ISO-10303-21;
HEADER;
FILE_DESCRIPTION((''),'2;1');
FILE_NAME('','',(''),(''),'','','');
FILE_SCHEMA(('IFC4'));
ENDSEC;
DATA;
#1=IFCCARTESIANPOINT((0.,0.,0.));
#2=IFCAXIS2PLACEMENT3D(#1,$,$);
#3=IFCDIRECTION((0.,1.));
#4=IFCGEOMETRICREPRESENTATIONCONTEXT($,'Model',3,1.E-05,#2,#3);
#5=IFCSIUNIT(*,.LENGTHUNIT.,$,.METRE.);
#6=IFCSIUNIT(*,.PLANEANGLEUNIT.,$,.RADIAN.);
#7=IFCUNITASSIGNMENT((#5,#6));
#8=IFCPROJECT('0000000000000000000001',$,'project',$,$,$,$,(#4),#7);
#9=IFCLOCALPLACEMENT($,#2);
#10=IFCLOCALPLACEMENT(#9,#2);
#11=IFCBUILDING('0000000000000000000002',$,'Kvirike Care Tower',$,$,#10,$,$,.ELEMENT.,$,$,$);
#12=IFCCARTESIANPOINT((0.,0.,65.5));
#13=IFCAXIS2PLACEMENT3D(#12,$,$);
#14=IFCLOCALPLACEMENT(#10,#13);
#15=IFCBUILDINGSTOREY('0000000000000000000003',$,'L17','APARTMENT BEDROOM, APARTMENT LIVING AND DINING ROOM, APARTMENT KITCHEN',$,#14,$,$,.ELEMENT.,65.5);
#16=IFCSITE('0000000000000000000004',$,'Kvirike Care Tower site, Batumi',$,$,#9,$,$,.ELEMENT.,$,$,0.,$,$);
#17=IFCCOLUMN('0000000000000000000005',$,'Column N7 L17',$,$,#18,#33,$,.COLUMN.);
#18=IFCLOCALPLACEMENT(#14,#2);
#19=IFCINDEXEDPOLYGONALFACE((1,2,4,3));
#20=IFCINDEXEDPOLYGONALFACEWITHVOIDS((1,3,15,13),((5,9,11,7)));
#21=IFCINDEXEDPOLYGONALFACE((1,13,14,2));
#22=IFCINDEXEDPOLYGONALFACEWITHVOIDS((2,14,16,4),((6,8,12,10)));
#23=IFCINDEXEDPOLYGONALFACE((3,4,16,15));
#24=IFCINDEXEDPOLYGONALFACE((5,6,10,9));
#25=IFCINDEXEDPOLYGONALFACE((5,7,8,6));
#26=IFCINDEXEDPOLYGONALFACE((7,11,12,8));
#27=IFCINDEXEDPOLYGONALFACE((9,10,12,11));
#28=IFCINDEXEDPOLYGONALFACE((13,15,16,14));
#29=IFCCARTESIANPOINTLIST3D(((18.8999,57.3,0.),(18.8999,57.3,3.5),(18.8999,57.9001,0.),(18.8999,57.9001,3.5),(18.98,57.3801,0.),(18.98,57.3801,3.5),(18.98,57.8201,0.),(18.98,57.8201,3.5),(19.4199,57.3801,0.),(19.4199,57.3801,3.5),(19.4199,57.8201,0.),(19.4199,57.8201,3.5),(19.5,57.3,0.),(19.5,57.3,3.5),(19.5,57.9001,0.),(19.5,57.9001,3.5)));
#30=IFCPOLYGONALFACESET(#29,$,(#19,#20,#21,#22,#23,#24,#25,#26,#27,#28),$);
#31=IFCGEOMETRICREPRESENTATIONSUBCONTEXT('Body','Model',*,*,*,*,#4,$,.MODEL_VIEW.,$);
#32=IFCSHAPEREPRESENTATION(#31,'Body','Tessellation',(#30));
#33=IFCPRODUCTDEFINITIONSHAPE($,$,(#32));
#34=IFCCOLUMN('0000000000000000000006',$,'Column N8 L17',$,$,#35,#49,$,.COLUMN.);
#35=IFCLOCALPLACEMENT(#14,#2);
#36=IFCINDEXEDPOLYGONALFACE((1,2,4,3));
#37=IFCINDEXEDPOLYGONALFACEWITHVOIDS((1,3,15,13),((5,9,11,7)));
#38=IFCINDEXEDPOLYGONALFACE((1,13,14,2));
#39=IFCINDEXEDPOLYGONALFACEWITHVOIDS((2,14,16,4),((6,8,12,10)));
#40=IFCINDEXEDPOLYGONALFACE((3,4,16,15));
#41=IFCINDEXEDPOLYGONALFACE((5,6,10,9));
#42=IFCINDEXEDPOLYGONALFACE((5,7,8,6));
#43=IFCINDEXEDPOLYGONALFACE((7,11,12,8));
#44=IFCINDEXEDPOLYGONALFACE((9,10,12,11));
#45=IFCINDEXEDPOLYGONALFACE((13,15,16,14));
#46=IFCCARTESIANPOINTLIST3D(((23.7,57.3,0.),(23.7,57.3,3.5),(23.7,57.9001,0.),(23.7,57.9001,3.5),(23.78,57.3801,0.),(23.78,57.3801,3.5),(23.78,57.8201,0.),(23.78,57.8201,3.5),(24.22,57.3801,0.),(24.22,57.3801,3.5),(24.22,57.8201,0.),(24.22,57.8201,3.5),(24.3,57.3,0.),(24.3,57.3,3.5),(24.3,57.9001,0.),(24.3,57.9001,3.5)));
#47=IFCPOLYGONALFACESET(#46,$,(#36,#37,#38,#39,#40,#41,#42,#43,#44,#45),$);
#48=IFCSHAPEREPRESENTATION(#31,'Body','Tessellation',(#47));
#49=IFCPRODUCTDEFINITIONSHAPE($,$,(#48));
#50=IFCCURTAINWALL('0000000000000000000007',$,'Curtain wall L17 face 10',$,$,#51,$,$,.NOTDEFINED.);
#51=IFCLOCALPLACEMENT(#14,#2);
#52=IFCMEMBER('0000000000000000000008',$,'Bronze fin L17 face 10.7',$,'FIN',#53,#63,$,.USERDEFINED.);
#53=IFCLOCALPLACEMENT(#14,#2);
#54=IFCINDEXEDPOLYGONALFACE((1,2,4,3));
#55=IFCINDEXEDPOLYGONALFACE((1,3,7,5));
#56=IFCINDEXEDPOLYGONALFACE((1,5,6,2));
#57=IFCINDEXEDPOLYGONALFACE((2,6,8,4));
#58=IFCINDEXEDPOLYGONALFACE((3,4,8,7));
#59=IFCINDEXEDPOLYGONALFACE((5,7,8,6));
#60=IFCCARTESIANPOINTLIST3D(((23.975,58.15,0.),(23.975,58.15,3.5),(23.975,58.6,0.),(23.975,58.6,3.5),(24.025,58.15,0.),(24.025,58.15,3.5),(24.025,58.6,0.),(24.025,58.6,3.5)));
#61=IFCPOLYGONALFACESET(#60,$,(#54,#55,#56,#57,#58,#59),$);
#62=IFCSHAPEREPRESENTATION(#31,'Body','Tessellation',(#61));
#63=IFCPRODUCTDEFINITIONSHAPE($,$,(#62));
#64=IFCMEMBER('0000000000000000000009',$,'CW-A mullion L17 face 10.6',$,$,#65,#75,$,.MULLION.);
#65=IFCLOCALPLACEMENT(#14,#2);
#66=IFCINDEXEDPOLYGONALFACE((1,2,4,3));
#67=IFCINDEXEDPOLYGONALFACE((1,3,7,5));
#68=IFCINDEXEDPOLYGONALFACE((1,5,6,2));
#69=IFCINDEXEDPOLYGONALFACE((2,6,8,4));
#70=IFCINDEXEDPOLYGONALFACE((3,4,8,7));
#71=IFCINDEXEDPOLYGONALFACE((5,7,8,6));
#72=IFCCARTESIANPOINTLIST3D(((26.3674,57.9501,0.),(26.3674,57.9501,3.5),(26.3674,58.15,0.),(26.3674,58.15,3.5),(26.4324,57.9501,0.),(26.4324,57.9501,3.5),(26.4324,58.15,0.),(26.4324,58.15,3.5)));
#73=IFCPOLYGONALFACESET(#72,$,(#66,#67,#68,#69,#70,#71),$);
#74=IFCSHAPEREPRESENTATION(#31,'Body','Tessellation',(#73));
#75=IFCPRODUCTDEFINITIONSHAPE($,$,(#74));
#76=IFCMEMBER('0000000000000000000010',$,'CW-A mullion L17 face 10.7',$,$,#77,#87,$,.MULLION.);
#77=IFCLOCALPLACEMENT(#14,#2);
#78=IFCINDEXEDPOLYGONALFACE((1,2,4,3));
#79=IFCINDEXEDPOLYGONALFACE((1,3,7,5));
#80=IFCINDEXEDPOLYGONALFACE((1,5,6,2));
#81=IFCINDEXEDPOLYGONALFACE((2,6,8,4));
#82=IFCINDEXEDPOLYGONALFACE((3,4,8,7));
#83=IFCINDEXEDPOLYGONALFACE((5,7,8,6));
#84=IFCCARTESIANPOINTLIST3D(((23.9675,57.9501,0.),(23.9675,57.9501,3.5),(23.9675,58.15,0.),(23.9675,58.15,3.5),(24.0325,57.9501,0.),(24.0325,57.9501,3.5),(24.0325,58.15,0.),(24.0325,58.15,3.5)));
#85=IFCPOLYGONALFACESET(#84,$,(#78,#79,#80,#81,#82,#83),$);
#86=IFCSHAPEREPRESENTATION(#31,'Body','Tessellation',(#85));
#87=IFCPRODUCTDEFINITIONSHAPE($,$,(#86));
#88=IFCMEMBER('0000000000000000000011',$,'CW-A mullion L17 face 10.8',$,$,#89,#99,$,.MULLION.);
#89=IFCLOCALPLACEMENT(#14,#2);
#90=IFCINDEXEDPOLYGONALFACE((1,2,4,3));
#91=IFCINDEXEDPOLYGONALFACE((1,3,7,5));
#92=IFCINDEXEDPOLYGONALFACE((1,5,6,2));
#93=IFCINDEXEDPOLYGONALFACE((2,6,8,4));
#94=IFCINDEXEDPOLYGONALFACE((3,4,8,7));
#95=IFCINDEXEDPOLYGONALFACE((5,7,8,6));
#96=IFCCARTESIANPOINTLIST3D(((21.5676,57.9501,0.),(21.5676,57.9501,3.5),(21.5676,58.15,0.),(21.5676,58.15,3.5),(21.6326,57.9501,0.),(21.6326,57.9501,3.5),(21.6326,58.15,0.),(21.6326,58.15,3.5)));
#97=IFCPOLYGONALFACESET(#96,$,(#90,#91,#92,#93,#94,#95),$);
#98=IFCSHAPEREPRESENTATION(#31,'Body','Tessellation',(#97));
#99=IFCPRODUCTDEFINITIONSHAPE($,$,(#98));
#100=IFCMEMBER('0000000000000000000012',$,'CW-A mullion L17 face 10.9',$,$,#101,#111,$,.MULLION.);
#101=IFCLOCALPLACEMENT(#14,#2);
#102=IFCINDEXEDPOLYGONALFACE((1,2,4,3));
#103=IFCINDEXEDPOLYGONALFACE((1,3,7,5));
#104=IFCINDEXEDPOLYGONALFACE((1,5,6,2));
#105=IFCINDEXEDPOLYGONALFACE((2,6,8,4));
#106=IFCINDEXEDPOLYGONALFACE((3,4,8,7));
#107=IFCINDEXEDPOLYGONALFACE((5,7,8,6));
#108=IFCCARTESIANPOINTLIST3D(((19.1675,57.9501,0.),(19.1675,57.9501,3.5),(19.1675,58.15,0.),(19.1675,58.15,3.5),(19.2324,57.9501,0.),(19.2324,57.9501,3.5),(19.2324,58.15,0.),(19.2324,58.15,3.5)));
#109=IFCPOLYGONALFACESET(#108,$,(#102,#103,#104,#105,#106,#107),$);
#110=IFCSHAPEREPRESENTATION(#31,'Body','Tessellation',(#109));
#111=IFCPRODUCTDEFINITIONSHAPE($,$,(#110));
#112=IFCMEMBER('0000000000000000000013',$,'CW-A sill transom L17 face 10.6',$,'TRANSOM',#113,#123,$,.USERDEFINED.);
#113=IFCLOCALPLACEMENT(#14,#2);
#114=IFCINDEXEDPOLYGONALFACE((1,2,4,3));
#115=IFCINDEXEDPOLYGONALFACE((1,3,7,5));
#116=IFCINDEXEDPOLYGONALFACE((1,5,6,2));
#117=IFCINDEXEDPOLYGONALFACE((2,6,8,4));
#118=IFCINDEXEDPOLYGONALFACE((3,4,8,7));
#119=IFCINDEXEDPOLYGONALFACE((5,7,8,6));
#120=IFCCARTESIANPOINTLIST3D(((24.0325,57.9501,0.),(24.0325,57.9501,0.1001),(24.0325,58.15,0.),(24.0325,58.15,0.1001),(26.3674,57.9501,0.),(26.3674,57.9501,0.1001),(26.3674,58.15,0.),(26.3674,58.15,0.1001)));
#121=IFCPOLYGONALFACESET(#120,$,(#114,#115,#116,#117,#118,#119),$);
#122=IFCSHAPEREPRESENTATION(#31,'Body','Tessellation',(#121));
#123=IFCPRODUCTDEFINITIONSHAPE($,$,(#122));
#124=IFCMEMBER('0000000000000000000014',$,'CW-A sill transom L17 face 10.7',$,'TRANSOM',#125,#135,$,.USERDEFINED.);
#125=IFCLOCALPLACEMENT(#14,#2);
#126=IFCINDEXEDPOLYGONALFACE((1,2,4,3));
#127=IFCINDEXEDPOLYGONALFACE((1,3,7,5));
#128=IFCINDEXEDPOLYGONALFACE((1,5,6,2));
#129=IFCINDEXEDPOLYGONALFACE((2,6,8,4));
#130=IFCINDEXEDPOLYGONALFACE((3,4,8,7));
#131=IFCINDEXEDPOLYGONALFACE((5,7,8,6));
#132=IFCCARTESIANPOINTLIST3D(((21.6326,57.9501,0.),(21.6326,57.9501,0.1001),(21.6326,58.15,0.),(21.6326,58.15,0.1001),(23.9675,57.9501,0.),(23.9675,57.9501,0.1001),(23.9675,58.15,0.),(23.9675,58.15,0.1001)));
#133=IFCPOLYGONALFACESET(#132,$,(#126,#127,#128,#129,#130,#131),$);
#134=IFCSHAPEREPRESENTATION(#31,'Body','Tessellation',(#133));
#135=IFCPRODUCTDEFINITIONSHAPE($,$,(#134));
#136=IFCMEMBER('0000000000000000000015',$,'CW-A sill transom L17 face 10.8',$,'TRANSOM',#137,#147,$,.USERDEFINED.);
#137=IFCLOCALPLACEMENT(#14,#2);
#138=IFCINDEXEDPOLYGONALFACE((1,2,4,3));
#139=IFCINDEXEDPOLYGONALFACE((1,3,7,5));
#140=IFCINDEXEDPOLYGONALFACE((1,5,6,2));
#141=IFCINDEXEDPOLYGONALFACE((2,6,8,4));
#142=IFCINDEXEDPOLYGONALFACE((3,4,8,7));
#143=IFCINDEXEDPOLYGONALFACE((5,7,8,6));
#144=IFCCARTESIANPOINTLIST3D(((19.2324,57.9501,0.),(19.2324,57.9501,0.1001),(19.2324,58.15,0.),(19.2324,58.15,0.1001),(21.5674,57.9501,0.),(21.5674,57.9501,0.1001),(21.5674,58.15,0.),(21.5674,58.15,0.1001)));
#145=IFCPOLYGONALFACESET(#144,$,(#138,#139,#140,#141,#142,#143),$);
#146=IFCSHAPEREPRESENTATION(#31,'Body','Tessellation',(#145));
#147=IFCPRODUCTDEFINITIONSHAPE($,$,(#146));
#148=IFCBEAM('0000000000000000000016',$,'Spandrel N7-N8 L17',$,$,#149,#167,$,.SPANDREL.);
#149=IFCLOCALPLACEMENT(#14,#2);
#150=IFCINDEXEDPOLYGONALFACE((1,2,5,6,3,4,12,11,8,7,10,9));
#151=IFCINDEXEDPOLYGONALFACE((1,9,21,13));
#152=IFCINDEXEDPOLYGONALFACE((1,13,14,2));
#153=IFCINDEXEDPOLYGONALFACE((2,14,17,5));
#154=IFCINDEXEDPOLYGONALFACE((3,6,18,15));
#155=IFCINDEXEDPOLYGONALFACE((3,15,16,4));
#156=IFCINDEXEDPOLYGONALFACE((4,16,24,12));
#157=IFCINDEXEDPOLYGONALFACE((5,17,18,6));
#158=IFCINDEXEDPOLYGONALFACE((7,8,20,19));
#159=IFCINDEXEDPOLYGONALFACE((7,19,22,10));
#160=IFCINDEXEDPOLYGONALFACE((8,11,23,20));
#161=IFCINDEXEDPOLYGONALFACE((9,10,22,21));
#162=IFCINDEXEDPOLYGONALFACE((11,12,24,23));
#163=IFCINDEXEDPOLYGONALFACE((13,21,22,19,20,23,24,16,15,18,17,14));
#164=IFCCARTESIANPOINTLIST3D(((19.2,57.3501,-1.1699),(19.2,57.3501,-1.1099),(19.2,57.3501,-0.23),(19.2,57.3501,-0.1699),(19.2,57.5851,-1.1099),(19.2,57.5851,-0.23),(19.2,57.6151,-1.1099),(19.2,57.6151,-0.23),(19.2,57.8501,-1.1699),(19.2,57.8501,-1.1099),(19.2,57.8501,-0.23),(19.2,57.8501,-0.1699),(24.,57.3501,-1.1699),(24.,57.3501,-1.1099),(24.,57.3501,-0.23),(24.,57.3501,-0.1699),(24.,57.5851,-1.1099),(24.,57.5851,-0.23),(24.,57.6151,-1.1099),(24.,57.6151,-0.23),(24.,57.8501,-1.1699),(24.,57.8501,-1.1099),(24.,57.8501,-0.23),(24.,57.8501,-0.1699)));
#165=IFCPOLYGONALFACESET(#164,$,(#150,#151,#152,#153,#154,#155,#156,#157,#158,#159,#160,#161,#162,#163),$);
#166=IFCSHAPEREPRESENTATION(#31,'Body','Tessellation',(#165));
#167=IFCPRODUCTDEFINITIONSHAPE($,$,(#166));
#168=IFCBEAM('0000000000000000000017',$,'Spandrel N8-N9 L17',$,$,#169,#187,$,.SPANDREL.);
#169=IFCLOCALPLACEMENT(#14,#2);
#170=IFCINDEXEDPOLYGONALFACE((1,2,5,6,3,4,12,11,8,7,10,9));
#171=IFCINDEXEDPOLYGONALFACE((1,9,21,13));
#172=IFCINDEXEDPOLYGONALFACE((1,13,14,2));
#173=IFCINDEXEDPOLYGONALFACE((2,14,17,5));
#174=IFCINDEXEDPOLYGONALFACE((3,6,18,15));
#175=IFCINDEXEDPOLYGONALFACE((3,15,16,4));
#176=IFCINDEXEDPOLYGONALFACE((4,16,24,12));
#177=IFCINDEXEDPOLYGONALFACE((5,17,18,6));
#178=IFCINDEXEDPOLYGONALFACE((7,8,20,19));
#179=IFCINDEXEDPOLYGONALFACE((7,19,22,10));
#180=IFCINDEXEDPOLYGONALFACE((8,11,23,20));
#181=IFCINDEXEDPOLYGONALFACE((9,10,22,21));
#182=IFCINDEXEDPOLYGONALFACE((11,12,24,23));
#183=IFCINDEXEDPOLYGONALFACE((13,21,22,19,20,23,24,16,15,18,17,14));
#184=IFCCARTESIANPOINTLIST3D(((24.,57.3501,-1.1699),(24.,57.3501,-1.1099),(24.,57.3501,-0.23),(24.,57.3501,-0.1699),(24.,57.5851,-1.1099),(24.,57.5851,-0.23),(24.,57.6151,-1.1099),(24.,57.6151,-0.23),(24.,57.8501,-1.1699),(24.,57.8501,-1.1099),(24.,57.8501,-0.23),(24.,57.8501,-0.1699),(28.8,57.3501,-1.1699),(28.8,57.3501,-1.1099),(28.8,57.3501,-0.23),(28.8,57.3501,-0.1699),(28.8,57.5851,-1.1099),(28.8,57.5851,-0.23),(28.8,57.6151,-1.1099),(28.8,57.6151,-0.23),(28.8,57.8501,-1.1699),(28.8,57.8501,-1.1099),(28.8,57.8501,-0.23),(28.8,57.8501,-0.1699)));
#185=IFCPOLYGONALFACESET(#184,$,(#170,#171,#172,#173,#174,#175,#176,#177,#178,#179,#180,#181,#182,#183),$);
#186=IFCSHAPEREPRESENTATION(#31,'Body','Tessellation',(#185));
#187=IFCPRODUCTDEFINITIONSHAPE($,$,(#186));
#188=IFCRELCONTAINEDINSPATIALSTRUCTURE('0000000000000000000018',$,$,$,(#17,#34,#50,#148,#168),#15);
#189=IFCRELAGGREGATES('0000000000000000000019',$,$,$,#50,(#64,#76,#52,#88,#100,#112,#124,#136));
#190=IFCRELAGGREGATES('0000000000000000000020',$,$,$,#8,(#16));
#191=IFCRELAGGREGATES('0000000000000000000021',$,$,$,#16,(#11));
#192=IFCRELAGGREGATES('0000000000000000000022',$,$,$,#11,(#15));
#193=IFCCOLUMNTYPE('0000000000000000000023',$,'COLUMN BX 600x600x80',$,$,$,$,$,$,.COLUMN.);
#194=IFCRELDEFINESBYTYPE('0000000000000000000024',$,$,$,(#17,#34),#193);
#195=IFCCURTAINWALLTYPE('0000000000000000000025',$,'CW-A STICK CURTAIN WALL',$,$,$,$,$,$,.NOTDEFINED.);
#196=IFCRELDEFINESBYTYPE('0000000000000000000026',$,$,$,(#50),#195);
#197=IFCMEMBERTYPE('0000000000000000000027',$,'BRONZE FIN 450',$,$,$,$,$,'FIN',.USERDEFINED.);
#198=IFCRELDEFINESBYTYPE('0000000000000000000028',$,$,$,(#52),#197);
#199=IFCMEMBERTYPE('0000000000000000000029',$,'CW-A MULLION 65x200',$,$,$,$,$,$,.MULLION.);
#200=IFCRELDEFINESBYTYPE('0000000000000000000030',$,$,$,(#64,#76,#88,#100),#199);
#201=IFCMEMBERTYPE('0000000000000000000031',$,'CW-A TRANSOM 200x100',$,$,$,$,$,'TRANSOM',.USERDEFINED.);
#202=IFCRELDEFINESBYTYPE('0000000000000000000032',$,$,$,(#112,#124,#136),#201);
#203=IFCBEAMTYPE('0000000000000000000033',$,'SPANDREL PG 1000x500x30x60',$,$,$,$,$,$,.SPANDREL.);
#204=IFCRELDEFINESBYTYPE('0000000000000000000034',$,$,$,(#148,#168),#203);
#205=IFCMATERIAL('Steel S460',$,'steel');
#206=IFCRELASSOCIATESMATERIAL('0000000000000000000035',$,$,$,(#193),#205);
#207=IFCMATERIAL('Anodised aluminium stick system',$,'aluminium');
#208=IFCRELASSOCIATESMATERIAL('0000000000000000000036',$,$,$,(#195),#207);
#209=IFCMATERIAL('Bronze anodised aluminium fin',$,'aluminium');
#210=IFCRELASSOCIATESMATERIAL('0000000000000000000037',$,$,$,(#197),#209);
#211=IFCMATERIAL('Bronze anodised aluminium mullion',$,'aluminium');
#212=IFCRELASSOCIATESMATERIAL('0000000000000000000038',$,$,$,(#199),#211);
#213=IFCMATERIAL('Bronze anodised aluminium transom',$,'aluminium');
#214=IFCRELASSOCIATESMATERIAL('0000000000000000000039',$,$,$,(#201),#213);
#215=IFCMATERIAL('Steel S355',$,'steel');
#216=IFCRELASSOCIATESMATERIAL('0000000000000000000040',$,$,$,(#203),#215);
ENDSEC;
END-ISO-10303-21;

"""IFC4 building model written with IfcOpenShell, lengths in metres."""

from ifc_helpers import new_model, si_unit, direction, frame, origin, origin_2d, place, context, subcontext, project, spatial, rectangle, hollow_rectangle, i_section, extrude, material, material_profile, profile_set, type_object, element, aggregate, save


model = new_model("IFC4")

# Units and contexts
model_context = context("Model", 3, precision=1e-05, world=origin(), true_north=direction((0.0, 1.0)))
body_context = subcontext(model_context, "Body", "Model", "MODEL_VIEW")
ifc_project = project(units=[si_unit("LENGTHUNIT", "METRE"), si_unit("PLANEANGLEUNIT", "RADIAN")], contexts=[model_context])

# Site, building, storey
site_placement = place(None, origin())
site = spatial("IfcSite", under=ifc_project, at=site_placement, Name="Kvirike Care Tower site, Batumi", CompositionType="ELEMENT", RefElevation=0.0)
building_placement = place(site_placement, origin())
building = spatial("IfcBuilding", under=site, at=building_placement, Name="Kvirike Care Tower", CompositionType="ELEMENT")
storey_placement = place(building_placement, frame((0.0, 0.0, 65.5)))
storey = spatial("IfcBuildingStorey", under=building, at=storey_placement, Name="L17", Description="APARTMENT BEDROOM, APARTMENT LIVING AND DINING ROOM, APARTMENT KITCHEN", CompositionType="ELEMENT", Elevation=65.5)

# Columns
ifc_material_1 = material(Name="Steel S460", Category="steel")
ifc_material_profile_1 = material_profile(ifc_material_1, hollow_rectangle(XDim=0.6001, YDim=0.6001, WallThickness=0.0801, at=origin_2d()), Name="BX 600x600x80")
ifc_profile_set_1 = profile_set([ifc_material_profile_1], Name="Steel S460")
column_type = type_object("IfcColumnType", Name="COLUMN BX 600x600x80", PredefinedType="COLUMN", material=ifc_profile_set_1)
for number, where, z_axis, x_axis, name in (
    (1, (19.2, 57.6001, 0.0), (0.0, 0.0, 1.0), (0.0, 1.0, 0.0), "Column N7 L17"),
    (2, (24.0, 57.6001, 0.0), (0.0, 0.0, 1.0), (0.0, 1.0, 0.0), "Column N8 L17"),
):
    element("IfcColumn", number, at=place(storey_placement, frame(where, z_axis=z_axis, x_axis=x_axis)), inside=storey, type_object=column_type, Name=name, PredefinedType="COLUMN", context=body_context, shape_type="SweptSolid", body=[
        extrude(hollow_rectangle(XDim=0.6001, YDim=0.6001, WallThickness=0.0801, at=origin_2d()), origin(), (0.0, 0.0, 1.0), 3.5),
    ])

# Curtain wall, members
ifc_material_2 = material(Name="Anodised aluminium stick system", Category="aluminium")
curtain_wall_type = type_object("IfcCurtainWallType", Name="CW-A STICK CURTAIN WALL", PredefinedType="NOTDEFINED", material=ifc_material_2)
curtain_wall_placement = place(storey_placement, origin())
curtain_wall = element("IfcCurtainWall", 3, at=curtain_wall_placement, inside=storey, type_object=curtain_wall_type, Name="Curtain wall L17 face 10", PredefinedType="NOTDEFINED")
ifc_material_3 = material(Name="Bronze anodised aluminium fin", Category="aluminium")
ifc_material_profile_2 = material_profile(ifc_material_3, rectangle(XDim=0.05, YDim=0.45, at=origin_2d()), Name="BRONZE FIN 450")
ifc_profile_set_2 = profile_set([ifc_material_profile_2], Name="Bronze anodised aluminium fin")
member_type_1 = type_object("IfcMemberType", Name="BRONZE FIN 450", ElementType="FIN", PredefinedType="USERDEFINED", material=ifc_profile_set_2)
member_1_placement = place(storey_placement, frame((24.0, 58.375, 0.0), z_axis=(0.0, 0.0, 1.0), x_axis=(-1.0, 0.0, 0.0)))
member_1 = element("IfcMember", 4, at=member_1_placement, type_object=member_type_1, Name="Bronze fin L17 face 10.7", ObjectType="FIN", PredefinedType="USERDEFINED", context=body_context, shape_type="SweptSolid", body=[
    extrude(rectangle(XDim=0.05, YDim=0.45, at=origin_2d()), origin(), (0.0, 0.0, 1.0), 3.5),
])
ifc_material_4 = material(Name="Bronze anodised aluminium mullion", Category="aluminium")
ifc_material_profile_3 = material_profile(ifc_material_4, rectangle(XDim=0.0649, YDim=0.2, at=origin_2d()), Name="CW-A MULLION 65x200")
ifc_profile_set_3 = profile_set([ifc_material_profile_3], Name="Bronze anodised aluminium mullion")
member_type_2 = type_object("IfcMemberType", Name="CW-A MULLION 65x200", PredefinedType="MULLION", material=ifc_profile_set_3)
member_2_placement = place(storey_placement, frame((26.3999, 58.05, 0.0), z_axis=(0.0, 0.0, 1.0), x_axis=(-1.0, 0.0, 0.0)))
member_2 = element("IfcMember", 5, at=member_2_placement, type_object=member_type_2, Name="CW-A mullion L17 face 10.6", PredefinedType="MULLION", context=body_context, shape_type="SweptSolid", body=[
    extrude(rectangle(XDim=0.0649, YDim=0.2, at=origin_2d()), origin(), (0.0, 0.0, 1.0), 3.5),
])
member_3_placement = place(storey_placement, frame((24.0, 58.05, 0.0), z_axis=(0.0, 0.0, 1.0), x_axis=(-1.0, 0.0, 0.0)))
member_3 = element("IfcMember", 6, at=member_3_placement, type_object=member_type_2, Name="CW-A mullion L17 face 10.7", PredefinedType="MULLION", context=body_context, shape_type="SweptSolid", body=[
    extrude(rectangle(XDim=0.0649, YDim=0.2, at=origin_2d()), origin(), (0.0, 0.0, 1.0), 3.5),
])
member_4_placement = place(storey_placement, frame((21.6001, 58.05, 0.0), z_axis=(0.0, 0.0, 1.0), x_axis=(-1.0, 0.0, 0.0)))
member_4 = element("IfcMember", 7, at=member_4_placement, type_object=member_type_2, Name="CW-A mullion L17 face 10.8", PredefinedType="MULLION", context=body_context, shape_type="SweptSolid", body=[
    extrude(rectangle(XDim=0.0649, YDim=0.2, at=origin_2d()), origin(), (0.0, 0.0, 1.0), 3.5),
])
member_5_placement = place(storey_placement, frame((19.2, 58.05, 0.0), z_axis=(0.0, 0.0, 1.0), x_axis=(-1.0, 0.0, 0.0)))
member_5 = element("IfcMember", 8, at=member_5_placement, type_object=member_type_2, Name="CW-A mullion L17 face 10.9", PredefinedType="MULLION", context=body_context, shape_type="SweptSolid", body=[
    extrude(rectangle(XDim=0.0649, YDim=0.2, at=origin_2d()), origin(), (0.0, 0.0, 1.0), 3.5),
])
ifc_material_5 = material(Name="Bronze anodised aluminium transom", Category="aluminium")
ifc_material_profile_4 = material_profile(ifc_material_5, rectangle(XDim=0.2, YDim=0.1001, at=origin_2d()), Name="CW-A TRANSOM 200x100")
ifc_profile_set_4 = profile_set([ifc_material_profile_4], Name="Bronze anodised aluminium transom")
member_type_3 = type_object("IfcMemberType", Name="CW-A TRANSOM 200x100", ElementType="TRANSOM", PredefinedType="USERDEFINED", material=ifc_profile_set_4)
member_6_placement = place(storey_placement, frame((26.3674, 58.05, 0.05), z_axis=(-1.0, 0.0, 0.0), x_axis=(0.0, -1.0, 0.0)))
member_6 = element("IfcMember", 9, at=member_6_placement, type_object=member_type_3, Name="CW-A sill transom L17 face 10.6", ObjectType="TRANSOM", PredefinedType="USERDEFINED", context=body_context, shape_type="SweptSolid", body=[
    extrude(rectangle(XDim=0.2, YDim=0.1001, at=origin_2d()), origin(), (0.0, 0.0, 1.0), 2.335),
])
member_7_placement = place(storey_placement, frame((23.9675, 58.05, 0.05), z_axis=(-1.0, 0.0, 0.0), x_axis=(0.0, -1.0, 0.0)))
member_7 = element("IfcMember", 10, at=member_7_placement, type_object=member_type_3, Name="CW-A sill transom L17 face 10.7", ObjectType="TRANSOM", PredefinedType="USERDEFINED", context=body_context, shape_type="SweptSolid", body=[
    extrude(rectangle(XDim=0.2, YDim=0.1001, at=origin_2d()), origin(), (0.0, 0.0, 1.0), 2.335),
])
member_8_placement = place(storey_placement, frame((21.5674, 58.05, 0.05), z_axis=(-1.0, 0.0, 0.0), x_axis=(0.0, -1.0, 0.0)))
member_8 = element("IfcMember", 11, at=member_8_placement, type_object=member_type_3, Name="CW-A sill transom L17 face 10.8", ObjectType="TRANSOM", PredefinedType="USERDEFINED", context=body_context, shape_type="SweptSolid", body=[
    extrude(rectangle(XDim=0.2, YDim=0.1001, at=origin_2d()), origin(), (0.0, 0.0, 1.0), 2.335),
])

# Beams
ifc_material_6 = material(Name="Steel S355", Category="steel")
ifc_material_profile_5 = material_profile(ifc_material_6, i_section(OverallWidth=0.5, OverallDepth=1.0, WebThickness=0.03, FlangeThickness=0.0601, at=origin_2d()), Name="PG 1000x500x30x60")
ifc_profile_set_5 = profile_set([ifc_material_profile_5], Name="Steel S355")
beam_type = type_object("IfcBeamType", Name="SPANDREL PG 1000x500x30x60", PredefinedType="SPANDREL", material=ifc_profile_set_5)
for number, where, z_axis, x_axis, name in (
    (12, (19.2, 57.6001, -0.6699), (1.0, 0.0, 0.0), (0.0, 1.0, 0.0), "Spandrel N7-N8 L17"),
    (13, (24.0, 57.6001, -0.6699), (1.0, 0.0, 0.0), (0.0, 1.0, 0.0), "Spandrel N8-N9 L17"),
):
    element("IfcBeam", number, at=place(storey_placement, frame(where, z_axis=z_axis, x_axis=x_axis)), inside=storey, type_object=beam_type, Name=name, PredefinedType="SPANDREL", context=body_context, shape_type="SweptSolid", body=[
        extrude(i_section(OverallWidth=0.5, OverallDepth=1.0, WebThickness=0.03, FlangeThickness=0.0601, at=origin_2d()), origin(), (0.0, 0.0, 1.0), 4.8),
    ])

aggregate(curtain_wall, [member_2, member_3, member_1, member_4, member_5, member_6, member_7, member_8])

save(model, "model.ifc")
